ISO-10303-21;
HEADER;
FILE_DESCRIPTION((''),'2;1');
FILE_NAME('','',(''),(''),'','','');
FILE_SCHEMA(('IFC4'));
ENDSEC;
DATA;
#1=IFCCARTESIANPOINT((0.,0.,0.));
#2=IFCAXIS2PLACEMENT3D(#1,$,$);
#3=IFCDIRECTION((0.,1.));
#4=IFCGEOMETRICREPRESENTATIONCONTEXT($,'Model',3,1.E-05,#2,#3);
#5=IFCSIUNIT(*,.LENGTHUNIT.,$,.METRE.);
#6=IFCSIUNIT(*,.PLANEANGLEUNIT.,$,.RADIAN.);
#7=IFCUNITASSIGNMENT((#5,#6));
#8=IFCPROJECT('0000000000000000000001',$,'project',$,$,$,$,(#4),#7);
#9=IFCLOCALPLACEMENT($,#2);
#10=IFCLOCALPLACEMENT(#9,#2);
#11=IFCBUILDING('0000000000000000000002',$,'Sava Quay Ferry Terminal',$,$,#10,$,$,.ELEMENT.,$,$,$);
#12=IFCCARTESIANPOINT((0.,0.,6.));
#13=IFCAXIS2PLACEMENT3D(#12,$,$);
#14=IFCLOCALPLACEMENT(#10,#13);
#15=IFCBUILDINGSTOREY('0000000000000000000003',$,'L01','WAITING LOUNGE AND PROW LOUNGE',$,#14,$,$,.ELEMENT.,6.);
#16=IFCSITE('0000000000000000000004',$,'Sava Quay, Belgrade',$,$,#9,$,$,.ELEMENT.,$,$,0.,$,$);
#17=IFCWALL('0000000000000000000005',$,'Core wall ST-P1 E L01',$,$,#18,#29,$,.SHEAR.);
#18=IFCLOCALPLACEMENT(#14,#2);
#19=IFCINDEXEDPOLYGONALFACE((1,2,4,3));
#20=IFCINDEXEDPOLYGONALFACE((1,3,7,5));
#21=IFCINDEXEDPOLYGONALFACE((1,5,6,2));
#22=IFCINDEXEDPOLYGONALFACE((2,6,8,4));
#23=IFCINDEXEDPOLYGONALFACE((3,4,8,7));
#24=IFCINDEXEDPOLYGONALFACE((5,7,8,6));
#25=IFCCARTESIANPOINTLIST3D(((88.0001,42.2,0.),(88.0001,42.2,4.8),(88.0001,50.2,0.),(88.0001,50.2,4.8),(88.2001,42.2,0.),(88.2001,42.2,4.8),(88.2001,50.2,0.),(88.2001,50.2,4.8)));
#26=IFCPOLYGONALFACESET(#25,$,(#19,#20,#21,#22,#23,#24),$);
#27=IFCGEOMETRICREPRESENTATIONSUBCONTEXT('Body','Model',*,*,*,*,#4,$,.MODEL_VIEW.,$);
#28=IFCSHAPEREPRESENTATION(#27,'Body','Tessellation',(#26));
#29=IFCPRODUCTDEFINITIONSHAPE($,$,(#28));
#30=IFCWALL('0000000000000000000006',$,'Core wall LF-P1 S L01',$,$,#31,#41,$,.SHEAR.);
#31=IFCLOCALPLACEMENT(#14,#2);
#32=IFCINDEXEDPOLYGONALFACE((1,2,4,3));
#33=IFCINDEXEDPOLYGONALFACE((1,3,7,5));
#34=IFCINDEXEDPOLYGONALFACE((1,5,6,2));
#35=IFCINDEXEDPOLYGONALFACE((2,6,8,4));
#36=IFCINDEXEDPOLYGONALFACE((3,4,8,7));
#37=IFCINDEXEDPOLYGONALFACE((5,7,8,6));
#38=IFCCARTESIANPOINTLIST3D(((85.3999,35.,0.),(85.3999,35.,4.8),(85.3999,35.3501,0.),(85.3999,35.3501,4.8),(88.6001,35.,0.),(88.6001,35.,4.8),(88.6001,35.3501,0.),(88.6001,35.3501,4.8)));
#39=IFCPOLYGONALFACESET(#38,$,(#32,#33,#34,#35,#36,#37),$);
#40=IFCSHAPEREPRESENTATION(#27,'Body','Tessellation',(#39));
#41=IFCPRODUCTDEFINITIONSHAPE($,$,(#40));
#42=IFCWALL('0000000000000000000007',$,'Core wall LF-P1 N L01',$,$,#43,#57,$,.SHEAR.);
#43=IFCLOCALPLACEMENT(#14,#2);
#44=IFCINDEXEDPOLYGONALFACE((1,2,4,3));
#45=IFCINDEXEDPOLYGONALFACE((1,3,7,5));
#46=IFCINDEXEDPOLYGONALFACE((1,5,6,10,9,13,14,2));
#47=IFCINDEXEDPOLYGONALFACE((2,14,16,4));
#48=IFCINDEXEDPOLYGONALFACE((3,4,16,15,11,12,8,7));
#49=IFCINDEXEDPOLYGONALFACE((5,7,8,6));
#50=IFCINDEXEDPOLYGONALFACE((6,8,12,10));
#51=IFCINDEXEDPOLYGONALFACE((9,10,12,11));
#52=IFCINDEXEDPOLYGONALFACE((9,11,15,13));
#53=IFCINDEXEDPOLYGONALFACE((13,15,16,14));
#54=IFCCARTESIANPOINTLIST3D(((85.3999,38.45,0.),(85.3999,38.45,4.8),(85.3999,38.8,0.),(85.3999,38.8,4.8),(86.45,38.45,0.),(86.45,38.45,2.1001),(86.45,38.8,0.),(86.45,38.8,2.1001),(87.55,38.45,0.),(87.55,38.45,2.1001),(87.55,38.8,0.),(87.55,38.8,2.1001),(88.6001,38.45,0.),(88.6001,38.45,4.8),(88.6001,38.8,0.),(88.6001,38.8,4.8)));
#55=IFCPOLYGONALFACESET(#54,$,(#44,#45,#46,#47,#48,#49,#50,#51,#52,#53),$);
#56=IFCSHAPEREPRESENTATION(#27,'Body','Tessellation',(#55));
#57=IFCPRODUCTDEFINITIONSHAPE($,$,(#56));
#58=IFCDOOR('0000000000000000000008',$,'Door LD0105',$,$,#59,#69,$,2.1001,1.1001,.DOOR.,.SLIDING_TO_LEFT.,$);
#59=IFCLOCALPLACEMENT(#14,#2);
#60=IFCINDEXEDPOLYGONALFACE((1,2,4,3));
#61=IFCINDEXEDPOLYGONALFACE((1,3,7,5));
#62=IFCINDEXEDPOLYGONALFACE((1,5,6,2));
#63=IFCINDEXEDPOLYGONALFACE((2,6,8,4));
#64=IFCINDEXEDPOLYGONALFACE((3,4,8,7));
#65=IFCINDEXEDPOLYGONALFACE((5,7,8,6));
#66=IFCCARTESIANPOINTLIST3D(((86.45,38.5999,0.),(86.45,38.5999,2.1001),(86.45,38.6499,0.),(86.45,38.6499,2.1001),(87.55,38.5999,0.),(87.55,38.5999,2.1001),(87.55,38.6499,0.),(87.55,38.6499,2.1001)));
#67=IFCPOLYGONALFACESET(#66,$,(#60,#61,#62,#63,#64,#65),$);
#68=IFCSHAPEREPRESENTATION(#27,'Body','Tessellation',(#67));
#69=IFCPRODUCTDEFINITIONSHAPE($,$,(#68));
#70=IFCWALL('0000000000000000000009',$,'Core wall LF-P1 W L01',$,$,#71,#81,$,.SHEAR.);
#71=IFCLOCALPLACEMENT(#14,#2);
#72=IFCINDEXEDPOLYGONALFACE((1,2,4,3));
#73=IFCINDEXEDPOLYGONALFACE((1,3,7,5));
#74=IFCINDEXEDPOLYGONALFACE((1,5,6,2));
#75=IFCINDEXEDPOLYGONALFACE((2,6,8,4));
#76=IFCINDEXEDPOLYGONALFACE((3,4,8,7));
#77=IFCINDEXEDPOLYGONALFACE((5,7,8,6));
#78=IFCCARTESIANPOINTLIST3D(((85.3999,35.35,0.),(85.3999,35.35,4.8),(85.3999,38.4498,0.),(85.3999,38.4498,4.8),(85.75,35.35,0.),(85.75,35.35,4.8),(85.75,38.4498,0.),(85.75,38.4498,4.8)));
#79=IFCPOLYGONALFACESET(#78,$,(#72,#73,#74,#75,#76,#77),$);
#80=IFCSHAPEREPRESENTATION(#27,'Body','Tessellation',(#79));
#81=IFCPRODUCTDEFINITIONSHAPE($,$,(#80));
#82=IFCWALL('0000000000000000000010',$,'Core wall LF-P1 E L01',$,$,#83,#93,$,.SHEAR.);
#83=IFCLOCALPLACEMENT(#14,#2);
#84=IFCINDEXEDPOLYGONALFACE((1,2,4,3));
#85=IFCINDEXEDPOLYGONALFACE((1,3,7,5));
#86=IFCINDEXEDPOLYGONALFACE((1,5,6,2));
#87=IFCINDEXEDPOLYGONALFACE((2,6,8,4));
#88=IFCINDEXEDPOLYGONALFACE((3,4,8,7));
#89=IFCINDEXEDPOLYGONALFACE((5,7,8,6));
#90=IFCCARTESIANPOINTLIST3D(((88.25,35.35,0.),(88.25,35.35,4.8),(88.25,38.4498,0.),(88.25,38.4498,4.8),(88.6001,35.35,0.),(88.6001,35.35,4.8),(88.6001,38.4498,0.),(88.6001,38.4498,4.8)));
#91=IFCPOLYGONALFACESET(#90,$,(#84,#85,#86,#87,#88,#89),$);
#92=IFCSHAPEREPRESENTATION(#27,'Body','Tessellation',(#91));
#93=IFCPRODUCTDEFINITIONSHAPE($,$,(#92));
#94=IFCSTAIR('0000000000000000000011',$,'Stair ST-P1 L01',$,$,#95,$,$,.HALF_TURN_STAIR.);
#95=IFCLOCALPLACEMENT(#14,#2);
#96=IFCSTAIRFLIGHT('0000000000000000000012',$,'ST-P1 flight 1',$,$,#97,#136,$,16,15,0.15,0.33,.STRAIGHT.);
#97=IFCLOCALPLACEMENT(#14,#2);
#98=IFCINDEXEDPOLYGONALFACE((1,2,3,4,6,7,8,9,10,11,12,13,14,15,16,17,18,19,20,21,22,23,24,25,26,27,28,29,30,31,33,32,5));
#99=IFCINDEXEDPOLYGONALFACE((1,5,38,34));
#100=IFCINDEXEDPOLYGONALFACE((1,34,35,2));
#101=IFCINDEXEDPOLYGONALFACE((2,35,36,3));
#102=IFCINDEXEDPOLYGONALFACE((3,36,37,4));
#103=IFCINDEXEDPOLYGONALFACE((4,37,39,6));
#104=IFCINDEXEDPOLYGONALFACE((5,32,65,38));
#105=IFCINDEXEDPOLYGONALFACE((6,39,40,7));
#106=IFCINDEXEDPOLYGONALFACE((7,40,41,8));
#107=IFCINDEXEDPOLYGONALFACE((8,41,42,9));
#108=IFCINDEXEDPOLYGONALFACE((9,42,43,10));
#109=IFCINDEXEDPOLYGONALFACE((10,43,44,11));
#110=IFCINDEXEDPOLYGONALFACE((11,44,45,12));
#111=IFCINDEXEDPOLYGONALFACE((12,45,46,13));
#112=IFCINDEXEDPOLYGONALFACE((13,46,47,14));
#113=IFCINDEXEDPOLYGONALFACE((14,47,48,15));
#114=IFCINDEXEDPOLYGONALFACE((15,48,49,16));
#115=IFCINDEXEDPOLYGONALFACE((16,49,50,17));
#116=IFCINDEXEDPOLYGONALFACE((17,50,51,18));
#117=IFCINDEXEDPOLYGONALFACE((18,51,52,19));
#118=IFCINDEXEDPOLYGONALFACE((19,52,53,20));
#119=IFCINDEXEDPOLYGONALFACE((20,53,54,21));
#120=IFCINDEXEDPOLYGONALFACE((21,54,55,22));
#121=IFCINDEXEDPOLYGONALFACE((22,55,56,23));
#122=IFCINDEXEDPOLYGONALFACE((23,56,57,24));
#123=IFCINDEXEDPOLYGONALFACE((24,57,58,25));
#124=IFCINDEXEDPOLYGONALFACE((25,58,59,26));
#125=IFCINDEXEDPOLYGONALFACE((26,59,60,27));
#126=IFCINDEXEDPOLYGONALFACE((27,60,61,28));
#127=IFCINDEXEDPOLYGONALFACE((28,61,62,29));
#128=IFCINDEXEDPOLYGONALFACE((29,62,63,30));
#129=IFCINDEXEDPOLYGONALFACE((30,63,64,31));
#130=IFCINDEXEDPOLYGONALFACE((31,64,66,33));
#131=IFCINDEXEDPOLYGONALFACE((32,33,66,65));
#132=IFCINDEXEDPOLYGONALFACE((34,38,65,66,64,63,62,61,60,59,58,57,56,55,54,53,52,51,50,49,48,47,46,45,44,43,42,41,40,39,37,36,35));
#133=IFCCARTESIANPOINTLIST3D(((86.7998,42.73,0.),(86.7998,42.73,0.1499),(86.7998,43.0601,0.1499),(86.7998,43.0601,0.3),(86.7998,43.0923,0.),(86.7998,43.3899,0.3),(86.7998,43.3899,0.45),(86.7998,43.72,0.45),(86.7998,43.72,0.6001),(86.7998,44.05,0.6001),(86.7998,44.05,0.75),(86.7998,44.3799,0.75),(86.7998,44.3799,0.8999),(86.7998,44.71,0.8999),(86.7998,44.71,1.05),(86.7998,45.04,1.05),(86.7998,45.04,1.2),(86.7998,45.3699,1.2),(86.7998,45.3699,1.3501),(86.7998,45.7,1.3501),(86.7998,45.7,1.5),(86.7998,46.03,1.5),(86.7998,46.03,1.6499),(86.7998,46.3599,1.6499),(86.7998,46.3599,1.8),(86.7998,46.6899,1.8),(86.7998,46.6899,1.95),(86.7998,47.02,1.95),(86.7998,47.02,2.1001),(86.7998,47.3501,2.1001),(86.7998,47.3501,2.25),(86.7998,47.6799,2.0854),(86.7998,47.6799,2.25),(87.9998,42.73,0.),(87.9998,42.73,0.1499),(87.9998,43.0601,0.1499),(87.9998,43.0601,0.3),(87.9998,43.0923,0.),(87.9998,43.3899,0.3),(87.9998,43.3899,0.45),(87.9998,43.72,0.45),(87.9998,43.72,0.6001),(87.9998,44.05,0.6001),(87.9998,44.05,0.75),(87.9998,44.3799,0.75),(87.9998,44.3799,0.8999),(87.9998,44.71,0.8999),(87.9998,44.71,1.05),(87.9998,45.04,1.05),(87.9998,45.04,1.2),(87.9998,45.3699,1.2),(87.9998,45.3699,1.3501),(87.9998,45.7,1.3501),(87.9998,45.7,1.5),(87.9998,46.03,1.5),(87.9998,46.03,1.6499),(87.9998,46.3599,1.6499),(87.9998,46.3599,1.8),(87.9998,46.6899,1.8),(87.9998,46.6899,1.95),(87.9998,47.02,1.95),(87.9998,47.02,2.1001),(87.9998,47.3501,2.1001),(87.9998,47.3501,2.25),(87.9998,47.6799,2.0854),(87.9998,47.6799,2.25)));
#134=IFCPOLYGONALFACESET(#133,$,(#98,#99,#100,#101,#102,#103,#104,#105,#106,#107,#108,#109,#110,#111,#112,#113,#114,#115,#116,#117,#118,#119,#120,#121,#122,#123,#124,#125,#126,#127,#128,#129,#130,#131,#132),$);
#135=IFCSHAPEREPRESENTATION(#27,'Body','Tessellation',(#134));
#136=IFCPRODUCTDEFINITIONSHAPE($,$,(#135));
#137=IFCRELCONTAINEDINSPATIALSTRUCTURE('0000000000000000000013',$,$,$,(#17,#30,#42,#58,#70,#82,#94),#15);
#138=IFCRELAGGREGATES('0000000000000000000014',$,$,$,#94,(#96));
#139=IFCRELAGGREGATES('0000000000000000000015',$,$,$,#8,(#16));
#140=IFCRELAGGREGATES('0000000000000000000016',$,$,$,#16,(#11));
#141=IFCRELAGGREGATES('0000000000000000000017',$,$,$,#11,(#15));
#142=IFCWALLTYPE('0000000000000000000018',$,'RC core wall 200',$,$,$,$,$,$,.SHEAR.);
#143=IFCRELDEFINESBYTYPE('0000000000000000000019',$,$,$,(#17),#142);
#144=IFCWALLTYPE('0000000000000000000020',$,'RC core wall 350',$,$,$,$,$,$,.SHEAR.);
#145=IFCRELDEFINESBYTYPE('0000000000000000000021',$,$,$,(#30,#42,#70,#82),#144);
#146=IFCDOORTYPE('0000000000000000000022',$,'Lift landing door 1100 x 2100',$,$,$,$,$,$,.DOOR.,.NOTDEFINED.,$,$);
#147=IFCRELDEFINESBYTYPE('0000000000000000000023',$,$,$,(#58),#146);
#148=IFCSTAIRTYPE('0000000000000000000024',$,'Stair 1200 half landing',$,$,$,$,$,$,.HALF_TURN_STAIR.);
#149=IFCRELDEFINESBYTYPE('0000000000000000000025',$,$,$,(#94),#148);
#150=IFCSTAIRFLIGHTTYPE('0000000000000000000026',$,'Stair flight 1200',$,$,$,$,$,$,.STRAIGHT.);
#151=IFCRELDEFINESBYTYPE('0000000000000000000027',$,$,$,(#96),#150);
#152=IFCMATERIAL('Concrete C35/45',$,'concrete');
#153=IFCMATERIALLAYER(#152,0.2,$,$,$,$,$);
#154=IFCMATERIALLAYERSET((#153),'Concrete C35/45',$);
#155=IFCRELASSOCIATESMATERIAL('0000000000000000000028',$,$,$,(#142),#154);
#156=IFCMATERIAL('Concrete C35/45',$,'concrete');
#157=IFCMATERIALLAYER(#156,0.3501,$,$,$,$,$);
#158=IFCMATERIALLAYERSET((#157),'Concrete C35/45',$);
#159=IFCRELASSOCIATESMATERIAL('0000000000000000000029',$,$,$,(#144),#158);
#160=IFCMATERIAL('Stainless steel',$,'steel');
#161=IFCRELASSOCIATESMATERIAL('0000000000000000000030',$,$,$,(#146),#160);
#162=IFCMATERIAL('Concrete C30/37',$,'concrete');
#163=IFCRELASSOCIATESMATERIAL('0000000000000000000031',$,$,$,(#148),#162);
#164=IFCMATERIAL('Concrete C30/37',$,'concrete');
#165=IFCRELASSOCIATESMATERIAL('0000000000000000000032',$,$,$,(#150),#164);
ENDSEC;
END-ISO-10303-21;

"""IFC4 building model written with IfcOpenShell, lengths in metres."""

from ifc_helpers import new_model, si_unit, direction, frame, frame_2d, origin, place, context, subcontext, project, spatial, polyline, rectangle, outline, extrude, material, layer, layer_set, type_object, element, fill, aggregate, save


model = new_model("IFC4")

# Units and contexts
model_context = context("Model", 3, precision=1e-05, world=origin(), true_north=direction((0.0, 1.0)))
body_context = subcontext(model_context, "Body", "Model", "MODEL_VIEW")
ifc_project = project(units=[si_unit("LENGTHUNIT", "METRE"), si_unit("PLANEANGLEUNIT", "RADIAN")], contexts=[model_context])

# Site, building, storey
site_placement = place(None, origin())
site = spatial("IfcSite", under=ifc_project, at=site_placement, Name="Sava Quay, Belgrade", CompositionType="ELEMENT", RefElevation=0.0)
building_placement = place(site_placement, origin())
building = spatial("IfcBuilding", under=site, at=building_placement, Name="Sava Quay Ferry Terminal", CompositionType="ELEMENT")
storey_placement = place(building_placement, frame((0.0, 0.0, 6.0)))
storey = spatial("IfcBuildingStorey", under=building, at=storey_placement, Name="L01", Description="WAITING LOUNGE AND PROW LOUNGE", CompositionType="ELEMENT", Elevation=6.0)

# Shared definitions
ifc_material_1 = material(Name="Concrete C35/45", Category="concrete")
ifc_layer_1 = layer(ifc_material_1, 0.2)
ifc_layer_set_1 = layer_set([ifc_layer_1], Name="Concrete C35/45")
wall_type_1 = type_object("IfcWallType", Name="RC core wall 200", PredefinedType="SHEAR", material=ifc_layer_set_1)

# Walls
for number, where, z_axis, x_axis, name in (
    (1, (88.1001, 42.2, 0.0), (0.0, 0.0, 1.0), (0.0, 1.0, 0.0), "Core wall ST-P1 E L01"),
):
    element("IfcWall", number, at=place(storey_placement, frame(where, z_axis=z_axis, x_axis=x_axis)), inside=storey, type_object=wall_type_1, Name=name, PredefinedType="SHEAR", context=body_context, shape_type="SweptSolid", body=[
        extrude(rectangle(XDim=8.0, YDim=0.2, at=frame_2d((4.0, 0.0))), origin(), (0.0, 0.0, 1.0), 4.8),
    ])
ifc_material_2 = material(Name="Concrete C35/45", Category="concrete")
ifc_layer_2 = layer(ifc_material_2, 0.3501)
ifc_layer_set_2 = layer_set([ifc_layer_2], Name="Concrete C35/45")
wall_type_2 = type_object("IfcWallType", Name="RC core wall 350", PredefinedType="SHEAR", material=ifc_layer_set_2)
wall_1_placement = place(storey_placement, frame((85.3999, 35.175, 0.0), z_axis=(0.0, 0.0, 1.0), x_axis=(1.0, 0.0, 0.0)))
element("IfcWall", 2, at=wall_1_placement, inside=storey, type_object=wall_type_2, Name="Core wall LF-P1 S L01", PredefinedType="SHEAR", context=body_context, shape_type="SweptSolid", body=[
    extrude(rectangle(XDim=3.2002, YDim=0.3501, at=frame_2d((1.6001, 0.0))), origin(), (0.0, 0.0, 1.0), 4.8),
])

# Wall, opening, door
wall_2_placement = place(storey_placement, frame((85.3999, 38.625, 0.0), z_axis=(0.0, 0.0, 1.0), x_axis=(1.0, 0.0, 0.0)))
wall_2 = element("IfcWall", 3, at=wall_2_placement, inside=storey, type_object=wall_type_2, Name="Core wall LF-P1 N L01", PredefinedType="SHEAR", context=body_context, shape_type="SweptSolid", body=[
    extrude(rectangle(XDim=3.2002, YDim=0.3501, at=frame_2d((1.6001, 0.0))), origin(), (0.0, 0.0, 1.0), 4.8),
])
opening_1_placement = place(wall_2_placement, frame((1.05, 0.0, 0.0)))
opening_1 = element("IfcOpeningElement", 4, at=opening_1_placement, cuts=wall_2, PredefinedType="OPENING", context=body_context, shape_type="SweptSolid", body=[
    extrude(rectangle(XDim=1.1001, YDim=2.1001, at=frame_2d((0.55, 1.05))), frame((0.0, 0.175, 0.0), z_axis=(0.0, -1.0, 0.0), x_axis=(1.0, 0.0, 0.0)), (0.0, 0.0, 1.0), 0.3501),
])
ifc_material_3 = material(Name="Stainless steel", Category="steel")
door_type_1 = type_object("IfcDoorType", Name="Lift landing door 1100 x 2100", OperationType="NOTDEFINED", PredefinedType="DOOR", material=ifc_material_3)
door_1_placement = place(opening_1_placement, origin())
door_1 = element("IfcDoor", 5, at=door_1_placement, inside=storey, type_object=door_type_1, Name="Door LD0105", OperationType="SLIDING_TO_LEFT", OverallHeight=2.1001, OverallWidth=1.1001, PredefinedType="DOOR", context=body_context, shape_type="SweptSolid", body=[
    extrude(rectangle(XDim=1.1001, YDim=2.1001, at=frame_2d((0.55, 1.05))), frame((0.0, 0.0249, 0.0), z_axis=(0.0, -1.0, 0.0), x_axis=(1.0, 0.0, 0.0)), (0.0, 0.0, 1.0), 0.05),
])
fill(opening_1, door_1)

# Walls
for number, where, z_axis, x_axis, name in (
    (6, (85.575, 35.3501, 0.0), (0.0, 0.0, 1.0), (0.0, 1.0, 0.0), "Core wall LF-P1 W L01"),
    (7, (88.425, 35.3501, 0.0), (0.0, 0.0, 1.0), (0.0, 1.0, 0.0), "Core wall LF-P1 E L01"),
):
    element("IfcWall", number, at=place(storey_placement, frame(where, z_axis=z_axis, x_axis=x_axis)), inside=storey, type_object=wall_type_2, Name=name, PredefinedType="SHEAR", context=body_context, shape_type="SweptSolid", body=[
        extrude(rectangle(XDim=3.0999, YDim=0.3501, at=frame_2d((1.5498, 0.0))), origin(), (0.0, 0.0, 1.0), 4.8),
    ])

# Stair, stair flight
ifc_material_4 = material(Name="Concrete C30/37", Category="concrete")
stair_type = type_object("IfcStairType", Name="Stair 1200 half landing", PredefinedType="HALF_TURN_STAIR", material=ifc_material_4)
stair_placement = place(storey_placement, origin())
stair = element("IfcStair", 8, at=stair_placement, inside=storey, type_object=stair_type, Name="Stair ST-P1 L01", PredefinedType="HALF_TURN_STAIR")
ifc_material_5 = material(Name="Concrete C30/37", Category="concrete")
stair_flight_type = type_object("IfcStairFlightType", Name="Stair flight 1200", PredefinedType="STRAIGHT", material=ifc_material_5)
stair_flight_placement = place(storey_placement, frame((87.3999, 42.73, 0.0), z_axis=(0.0, 0.0, 1.0), x_axis=(0.0, 1.0, 0.0)))
stair_flight = element("IfcStairFlight", 9, at=stair_flight_placement, type_object=stair_flight_type, Name="ST-P1 flight 1", NumberOfRisers=16, NumberOfTreads=15, PredefinedType="STRAIGHT", RiserHeight=0.15, TreadLength=0.33, context=body_context, shape_type="SweptSolid", body=[
    extrude(outline(polyline([(0.0, 0.0), (0.0, 0.1499), (0.3301, 0.1499), (0.3301, 0.3), (0.6599, 0.3), (0.6599, 0.45), (0.99, 0.45), (0.99, 0.6001), (1.3201, 0.6001), (1.3201, 0.75), (1.6499, 0.75), (1.6499, 0.8999), (1.98, 0.8999), (1.98, 1.05), (2.3101, 1.05), (2.3101, 1.2), (2.6399, 1.2), (2.6399, 1.3501), (2.97, 1.3501), (2.97, 1.5), (3.3, 1.5), (3.3, 1.6499), (3.6299, 1.6499), (3.6299, 1.8), (3.96, 1.8), (3.96, 1.95), (4.29, 1.95), (4.29, 2.1001), (4.6201, 2.1001), (4.6201, 2.25), (4.95, 2.25), (4.95, 2.3999), (4.95, 2.0854), (0.3623, 0.0), (0.0, 0.0)])), frame((0.0, 0.6001, 0.0), z_axis=(0.0, -1.0, 0.0), x_axis=(1.0, 0.0, 0.0)), (0.0, 0.0, 1.0), 1.2),
])
aggregate(stair, [stair_flight])

save(model, "model.ifc")
